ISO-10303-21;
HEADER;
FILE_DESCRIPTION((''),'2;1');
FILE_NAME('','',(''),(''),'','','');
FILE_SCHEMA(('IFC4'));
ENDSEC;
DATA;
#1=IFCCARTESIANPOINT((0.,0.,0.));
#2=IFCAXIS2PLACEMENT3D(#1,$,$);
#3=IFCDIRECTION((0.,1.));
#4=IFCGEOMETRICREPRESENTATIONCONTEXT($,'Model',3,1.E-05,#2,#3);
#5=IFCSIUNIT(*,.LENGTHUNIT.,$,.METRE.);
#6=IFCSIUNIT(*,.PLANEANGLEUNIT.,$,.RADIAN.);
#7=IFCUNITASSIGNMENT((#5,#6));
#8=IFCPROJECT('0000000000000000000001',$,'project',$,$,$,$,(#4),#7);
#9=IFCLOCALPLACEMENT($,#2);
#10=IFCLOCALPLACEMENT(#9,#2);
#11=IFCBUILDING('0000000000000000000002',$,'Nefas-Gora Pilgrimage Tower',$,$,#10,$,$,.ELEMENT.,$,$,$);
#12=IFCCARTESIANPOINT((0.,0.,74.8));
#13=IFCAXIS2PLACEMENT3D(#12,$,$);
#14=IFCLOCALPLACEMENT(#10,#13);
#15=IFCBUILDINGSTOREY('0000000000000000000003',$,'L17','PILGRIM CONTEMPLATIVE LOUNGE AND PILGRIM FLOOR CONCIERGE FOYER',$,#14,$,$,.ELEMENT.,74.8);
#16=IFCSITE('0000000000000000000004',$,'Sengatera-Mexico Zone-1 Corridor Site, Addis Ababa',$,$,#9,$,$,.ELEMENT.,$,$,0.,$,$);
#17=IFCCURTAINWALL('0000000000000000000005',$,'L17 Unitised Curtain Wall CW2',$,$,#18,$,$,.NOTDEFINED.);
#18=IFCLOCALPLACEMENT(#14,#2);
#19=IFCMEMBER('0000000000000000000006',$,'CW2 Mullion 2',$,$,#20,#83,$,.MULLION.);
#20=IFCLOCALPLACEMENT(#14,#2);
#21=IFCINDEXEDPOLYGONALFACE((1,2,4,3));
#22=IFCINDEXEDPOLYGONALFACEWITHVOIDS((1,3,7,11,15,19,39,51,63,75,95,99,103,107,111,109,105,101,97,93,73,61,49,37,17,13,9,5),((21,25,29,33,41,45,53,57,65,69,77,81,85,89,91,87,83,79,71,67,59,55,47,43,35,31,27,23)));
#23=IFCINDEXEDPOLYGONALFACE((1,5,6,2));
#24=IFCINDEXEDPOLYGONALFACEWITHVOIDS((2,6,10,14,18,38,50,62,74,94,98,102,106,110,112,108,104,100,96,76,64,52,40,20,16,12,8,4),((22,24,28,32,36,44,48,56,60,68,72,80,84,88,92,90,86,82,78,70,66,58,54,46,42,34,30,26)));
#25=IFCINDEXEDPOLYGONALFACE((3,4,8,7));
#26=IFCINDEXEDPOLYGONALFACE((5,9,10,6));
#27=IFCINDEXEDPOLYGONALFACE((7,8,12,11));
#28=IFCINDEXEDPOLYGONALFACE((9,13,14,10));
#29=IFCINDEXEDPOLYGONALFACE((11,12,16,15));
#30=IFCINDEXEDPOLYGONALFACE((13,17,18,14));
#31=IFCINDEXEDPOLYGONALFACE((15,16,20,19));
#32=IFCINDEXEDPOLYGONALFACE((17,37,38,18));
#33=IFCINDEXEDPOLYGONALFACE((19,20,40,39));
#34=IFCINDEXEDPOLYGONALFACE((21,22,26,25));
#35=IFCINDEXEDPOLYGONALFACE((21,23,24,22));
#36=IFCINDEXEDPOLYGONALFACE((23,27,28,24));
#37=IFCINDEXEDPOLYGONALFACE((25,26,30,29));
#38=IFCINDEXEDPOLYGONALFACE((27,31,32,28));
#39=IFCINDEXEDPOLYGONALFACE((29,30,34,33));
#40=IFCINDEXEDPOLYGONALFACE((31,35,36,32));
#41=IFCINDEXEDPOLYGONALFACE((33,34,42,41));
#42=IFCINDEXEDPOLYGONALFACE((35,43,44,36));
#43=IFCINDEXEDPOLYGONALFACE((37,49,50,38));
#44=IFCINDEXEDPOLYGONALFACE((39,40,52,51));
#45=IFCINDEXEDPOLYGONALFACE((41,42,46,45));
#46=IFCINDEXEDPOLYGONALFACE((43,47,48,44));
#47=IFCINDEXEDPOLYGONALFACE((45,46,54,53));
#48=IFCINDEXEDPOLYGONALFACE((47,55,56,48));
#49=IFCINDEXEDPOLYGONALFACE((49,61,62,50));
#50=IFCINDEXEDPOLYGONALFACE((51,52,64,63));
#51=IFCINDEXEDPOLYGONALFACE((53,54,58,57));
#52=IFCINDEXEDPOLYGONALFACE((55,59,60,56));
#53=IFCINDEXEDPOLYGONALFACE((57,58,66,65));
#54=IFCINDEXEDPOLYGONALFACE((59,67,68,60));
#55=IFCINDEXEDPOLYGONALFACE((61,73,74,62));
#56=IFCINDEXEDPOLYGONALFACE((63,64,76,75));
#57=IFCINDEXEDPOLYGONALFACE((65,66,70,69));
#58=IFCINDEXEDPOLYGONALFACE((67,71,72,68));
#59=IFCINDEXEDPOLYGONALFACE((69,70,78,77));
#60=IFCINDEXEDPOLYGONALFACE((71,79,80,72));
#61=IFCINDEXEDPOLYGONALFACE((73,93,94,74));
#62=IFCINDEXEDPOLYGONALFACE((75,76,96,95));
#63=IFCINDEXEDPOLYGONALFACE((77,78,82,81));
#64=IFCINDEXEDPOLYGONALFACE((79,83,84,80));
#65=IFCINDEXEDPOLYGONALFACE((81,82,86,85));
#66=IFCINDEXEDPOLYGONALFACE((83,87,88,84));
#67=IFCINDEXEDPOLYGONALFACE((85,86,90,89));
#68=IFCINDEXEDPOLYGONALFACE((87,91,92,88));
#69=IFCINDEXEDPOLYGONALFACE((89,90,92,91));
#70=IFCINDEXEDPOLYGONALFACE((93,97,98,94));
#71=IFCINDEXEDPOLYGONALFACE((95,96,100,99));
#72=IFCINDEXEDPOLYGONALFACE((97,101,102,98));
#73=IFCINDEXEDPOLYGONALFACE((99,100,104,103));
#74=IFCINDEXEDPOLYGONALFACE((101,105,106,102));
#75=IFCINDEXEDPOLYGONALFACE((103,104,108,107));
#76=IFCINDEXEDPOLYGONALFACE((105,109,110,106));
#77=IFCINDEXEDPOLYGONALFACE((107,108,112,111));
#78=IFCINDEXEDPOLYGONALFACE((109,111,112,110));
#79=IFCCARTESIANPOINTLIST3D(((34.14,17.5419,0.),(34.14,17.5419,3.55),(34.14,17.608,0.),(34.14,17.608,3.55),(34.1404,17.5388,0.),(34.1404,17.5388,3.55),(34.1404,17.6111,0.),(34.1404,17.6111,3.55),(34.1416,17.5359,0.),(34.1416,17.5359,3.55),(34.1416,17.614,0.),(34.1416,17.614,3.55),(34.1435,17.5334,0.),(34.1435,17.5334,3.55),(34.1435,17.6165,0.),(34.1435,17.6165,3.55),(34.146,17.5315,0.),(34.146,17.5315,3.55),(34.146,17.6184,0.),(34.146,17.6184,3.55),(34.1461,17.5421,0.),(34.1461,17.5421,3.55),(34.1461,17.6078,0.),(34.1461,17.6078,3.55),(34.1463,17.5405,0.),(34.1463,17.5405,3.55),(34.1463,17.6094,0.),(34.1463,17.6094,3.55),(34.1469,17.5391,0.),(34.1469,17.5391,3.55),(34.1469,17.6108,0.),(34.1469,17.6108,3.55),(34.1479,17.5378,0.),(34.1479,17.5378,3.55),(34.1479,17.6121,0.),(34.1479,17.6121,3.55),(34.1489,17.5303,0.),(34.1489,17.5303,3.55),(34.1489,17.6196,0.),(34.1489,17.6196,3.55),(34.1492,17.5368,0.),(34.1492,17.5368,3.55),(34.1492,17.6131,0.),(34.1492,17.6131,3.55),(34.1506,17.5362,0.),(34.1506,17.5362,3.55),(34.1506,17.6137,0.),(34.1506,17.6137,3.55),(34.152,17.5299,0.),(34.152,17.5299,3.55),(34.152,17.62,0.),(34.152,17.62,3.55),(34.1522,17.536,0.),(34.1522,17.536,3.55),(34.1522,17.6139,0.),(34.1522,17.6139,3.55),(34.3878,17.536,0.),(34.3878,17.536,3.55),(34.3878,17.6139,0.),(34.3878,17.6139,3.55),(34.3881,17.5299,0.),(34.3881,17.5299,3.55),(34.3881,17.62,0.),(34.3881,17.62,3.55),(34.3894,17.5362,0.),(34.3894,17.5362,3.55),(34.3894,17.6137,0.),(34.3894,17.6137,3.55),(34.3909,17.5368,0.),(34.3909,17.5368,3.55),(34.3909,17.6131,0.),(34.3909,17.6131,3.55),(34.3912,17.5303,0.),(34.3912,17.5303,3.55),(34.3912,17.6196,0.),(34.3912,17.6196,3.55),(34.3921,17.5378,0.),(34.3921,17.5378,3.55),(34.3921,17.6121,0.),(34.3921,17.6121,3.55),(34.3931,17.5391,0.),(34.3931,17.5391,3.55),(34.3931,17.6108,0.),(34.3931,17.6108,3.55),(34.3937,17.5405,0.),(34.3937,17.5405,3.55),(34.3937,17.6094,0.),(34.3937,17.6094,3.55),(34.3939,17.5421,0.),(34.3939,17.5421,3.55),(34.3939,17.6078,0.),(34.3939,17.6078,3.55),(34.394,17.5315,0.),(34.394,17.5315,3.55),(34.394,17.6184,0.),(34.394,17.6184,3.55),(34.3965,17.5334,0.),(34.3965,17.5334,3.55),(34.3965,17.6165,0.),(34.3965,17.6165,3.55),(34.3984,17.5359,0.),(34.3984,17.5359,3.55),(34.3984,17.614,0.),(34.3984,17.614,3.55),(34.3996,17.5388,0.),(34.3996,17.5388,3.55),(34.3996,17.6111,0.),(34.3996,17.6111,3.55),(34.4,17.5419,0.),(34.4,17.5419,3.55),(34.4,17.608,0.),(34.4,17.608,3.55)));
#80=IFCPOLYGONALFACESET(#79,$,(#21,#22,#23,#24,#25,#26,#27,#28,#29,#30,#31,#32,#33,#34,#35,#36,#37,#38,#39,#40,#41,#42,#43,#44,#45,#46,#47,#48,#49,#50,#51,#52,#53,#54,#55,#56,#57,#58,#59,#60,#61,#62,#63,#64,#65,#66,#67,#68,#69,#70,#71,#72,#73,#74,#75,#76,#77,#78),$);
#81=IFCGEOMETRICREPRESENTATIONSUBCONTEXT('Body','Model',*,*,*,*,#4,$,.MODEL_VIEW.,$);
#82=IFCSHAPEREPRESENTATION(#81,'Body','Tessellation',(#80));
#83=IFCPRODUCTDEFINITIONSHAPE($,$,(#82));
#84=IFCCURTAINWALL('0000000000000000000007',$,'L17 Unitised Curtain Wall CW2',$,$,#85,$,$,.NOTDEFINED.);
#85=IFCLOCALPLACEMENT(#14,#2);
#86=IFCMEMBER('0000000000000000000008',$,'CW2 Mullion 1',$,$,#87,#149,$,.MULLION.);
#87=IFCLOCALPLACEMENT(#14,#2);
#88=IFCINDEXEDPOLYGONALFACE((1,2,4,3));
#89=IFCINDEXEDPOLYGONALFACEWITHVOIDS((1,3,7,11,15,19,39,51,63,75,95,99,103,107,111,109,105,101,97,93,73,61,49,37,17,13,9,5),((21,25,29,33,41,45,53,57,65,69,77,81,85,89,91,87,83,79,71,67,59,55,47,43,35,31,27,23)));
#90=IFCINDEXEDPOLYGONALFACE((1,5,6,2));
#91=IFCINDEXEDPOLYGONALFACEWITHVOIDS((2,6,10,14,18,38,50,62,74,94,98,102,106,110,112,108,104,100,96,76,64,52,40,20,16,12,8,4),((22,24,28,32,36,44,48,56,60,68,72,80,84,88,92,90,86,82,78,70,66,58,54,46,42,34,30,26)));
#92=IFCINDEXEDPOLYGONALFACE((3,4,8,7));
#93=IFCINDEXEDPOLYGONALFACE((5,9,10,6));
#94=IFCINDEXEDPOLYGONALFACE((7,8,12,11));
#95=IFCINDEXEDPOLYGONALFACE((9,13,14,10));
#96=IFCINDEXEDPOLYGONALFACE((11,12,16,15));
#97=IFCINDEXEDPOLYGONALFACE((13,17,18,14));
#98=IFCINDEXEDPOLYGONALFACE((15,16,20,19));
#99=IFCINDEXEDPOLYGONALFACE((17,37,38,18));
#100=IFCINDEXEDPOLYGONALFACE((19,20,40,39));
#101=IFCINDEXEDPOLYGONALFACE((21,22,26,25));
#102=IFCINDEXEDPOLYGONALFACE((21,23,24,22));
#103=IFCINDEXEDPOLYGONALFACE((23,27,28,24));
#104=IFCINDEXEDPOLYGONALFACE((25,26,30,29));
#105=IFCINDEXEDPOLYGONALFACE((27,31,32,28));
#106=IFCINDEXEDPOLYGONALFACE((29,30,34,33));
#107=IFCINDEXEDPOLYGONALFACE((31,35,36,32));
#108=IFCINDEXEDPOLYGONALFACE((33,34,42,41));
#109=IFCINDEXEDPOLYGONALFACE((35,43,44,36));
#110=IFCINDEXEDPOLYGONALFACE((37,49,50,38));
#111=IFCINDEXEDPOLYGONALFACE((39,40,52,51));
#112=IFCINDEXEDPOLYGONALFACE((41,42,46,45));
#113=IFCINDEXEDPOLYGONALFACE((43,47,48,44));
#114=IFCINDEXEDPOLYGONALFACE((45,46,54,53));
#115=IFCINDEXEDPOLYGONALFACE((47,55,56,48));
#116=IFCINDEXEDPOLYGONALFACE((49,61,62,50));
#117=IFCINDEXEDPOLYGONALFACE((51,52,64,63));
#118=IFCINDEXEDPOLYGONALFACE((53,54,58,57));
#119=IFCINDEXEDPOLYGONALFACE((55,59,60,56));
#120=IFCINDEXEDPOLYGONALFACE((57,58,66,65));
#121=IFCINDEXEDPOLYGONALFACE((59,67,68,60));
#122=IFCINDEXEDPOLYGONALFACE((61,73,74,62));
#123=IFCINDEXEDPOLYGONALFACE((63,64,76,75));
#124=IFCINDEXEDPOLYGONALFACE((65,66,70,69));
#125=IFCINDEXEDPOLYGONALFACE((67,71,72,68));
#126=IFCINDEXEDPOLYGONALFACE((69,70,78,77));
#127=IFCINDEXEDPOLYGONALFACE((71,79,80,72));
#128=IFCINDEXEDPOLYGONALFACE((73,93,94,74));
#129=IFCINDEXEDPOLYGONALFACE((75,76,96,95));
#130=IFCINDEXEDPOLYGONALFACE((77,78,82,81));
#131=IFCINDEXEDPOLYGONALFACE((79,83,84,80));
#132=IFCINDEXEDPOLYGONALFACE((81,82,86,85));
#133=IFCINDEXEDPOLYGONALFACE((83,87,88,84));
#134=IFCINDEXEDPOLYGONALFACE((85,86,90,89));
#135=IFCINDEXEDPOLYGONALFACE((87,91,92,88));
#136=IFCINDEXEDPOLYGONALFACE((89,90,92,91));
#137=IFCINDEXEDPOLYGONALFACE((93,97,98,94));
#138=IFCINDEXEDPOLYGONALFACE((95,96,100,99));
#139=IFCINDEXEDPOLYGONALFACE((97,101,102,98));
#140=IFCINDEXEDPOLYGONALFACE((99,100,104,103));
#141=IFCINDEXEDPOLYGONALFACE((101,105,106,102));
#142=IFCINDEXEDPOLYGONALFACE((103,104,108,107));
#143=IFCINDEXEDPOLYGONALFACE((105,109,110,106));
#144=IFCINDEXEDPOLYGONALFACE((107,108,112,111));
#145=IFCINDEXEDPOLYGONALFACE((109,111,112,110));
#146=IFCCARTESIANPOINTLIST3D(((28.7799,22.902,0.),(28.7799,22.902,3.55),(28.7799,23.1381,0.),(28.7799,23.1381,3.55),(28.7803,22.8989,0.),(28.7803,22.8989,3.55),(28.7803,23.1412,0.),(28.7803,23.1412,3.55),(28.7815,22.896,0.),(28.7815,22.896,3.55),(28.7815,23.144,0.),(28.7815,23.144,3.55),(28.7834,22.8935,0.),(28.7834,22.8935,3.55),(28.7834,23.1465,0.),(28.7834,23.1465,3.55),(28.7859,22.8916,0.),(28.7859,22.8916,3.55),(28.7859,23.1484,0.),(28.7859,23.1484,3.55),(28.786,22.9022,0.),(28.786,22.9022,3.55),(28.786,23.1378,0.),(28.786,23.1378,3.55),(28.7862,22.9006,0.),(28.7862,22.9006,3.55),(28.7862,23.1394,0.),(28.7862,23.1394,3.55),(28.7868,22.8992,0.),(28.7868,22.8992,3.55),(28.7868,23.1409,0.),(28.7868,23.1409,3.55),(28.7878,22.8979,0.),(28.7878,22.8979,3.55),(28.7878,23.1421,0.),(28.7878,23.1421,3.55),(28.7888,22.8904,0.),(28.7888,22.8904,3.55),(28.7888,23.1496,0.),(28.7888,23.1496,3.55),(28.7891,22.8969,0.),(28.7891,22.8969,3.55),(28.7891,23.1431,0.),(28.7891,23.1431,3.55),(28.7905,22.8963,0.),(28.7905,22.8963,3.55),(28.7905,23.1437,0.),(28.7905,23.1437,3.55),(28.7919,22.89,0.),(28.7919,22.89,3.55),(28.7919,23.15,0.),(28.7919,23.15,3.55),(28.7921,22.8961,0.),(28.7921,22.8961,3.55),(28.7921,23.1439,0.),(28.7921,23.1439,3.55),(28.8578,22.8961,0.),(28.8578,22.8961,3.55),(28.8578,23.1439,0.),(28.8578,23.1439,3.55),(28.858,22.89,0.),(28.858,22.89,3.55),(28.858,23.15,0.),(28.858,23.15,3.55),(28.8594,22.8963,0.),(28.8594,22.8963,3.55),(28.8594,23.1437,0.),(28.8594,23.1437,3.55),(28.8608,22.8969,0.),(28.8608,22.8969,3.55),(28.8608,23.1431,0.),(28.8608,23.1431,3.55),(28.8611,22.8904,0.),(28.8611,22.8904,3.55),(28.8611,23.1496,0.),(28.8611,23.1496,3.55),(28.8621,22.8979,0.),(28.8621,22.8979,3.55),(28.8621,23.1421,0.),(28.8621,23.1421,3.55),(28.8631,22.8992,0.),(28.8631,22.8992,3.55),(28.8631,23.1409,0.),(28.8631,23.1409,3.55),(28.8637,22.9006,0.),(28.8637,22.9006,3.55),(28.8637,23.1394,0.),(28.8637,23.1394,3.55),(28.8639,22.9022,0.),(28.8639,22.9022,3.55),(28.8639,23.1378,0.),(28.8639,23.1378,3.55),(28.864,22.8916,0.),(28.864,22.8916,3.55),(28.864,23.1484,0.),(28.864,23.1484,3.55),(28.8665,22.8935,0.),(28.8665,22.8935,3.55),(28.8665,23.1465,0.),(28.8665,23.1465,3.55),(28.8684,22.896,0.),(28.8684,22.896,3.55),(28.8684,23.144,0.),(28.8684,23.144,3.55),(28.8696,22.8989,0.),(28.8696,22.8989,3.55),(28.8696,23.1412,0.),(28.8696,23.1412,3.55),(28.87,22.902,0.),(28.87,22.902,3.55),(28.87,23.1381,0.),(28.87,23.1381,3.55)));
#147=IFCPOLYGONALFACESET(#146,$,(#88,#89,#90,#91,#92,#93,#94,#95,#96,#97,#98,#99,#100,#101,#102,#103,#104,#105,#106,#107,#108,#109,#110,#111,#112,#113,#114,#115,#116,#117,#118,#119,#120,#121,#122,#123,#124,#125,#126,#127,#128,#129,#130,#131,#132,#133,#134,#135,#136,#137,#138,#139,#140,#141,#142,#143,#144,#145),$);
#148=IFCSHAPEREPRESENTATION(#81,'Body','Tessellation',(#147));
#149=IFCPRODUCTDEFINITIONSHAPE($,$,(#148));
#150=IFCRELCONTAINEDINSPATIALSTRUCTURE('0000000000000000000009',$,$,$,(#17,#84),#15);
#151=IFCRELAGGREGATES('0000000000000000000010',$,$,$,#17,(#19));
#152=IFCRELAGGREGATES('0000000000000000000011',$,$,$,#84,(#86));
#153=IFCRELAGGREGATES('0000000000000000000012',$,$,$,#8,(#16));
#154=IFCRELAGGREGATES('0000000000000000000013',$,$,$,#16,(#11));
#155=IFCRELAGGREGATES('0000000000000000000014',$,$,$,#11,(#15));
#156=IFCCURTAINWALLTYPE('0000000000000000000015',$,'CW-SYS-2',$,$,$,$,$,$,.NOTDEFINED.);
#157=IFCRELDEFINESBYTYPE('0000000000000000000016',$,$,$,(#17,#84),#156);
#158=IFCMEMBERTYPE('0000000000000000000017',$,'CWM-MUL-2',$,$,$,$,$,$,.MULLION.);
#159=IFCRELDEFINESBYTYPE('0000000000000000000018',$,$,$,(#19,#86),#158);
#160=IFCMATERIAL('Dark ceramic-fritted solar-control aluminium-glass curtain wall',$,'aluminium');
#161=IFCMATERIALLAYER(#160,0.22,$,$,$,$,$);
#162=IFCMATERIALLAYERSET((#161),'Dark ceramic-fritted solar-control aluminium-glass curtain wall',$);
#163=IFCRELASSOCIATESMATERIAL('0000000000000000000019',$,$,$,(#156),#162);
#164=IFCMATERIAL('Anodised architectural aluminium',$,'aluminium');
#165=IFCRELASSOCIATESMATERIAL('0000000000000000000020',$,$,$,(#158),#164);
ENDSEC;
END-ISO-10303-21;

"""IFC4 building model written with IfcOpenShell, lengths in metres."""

from ifc_helpers import new_model, si_unit, direction, frame, origin, origin_2d, place, context, subcontext, project, spatial, hollow_rectangle, extrude, source, transform, mapped, material, layer, layer_set, material_profile, profile_set, type_object, element, aggregate, save


model = new_model("IFC4")

# Units and contexts
model_context = context("Model", 3, precision=1e-05, world=origin(), true_north=direction((0.0, 1.0)))
body_context = subcontext(model_context, "Body", "Model", "MODEL_VIEW")
ifc_project = project(units=[si_unit("LENGTHUNIT", "METRE"), si_unit("PLANEANGLEUNIT", "RADIAN")], contexts=[model_context])

# Site, building, storey
site_placement = place(None, origin())
site = spatial("IfcSite", under=ifc_project, at=site_placement, Name="Sengatera-Mexico Zone-1 Corridor Site, Addis Ababa", CompositionType="ELEMENT", RefElevation=0.0)
building_placement = place(site_placement, origin())
building = spatial("IfcBuilding", under=site, at=building_placement, Name="Nefas-Gora Pilgrimage Tower", CompositionType="ELEMENT")
storey_placement = place(building_placement, frame((0.0, 0.0, 74.8)))
storey = spatial("IfcBuildingStorey", under=building, at=storey_placement, Name="L17", Description="PILGRIM CONTEMPLATIVE LOUNGE AND PILGRIM FLOOR CONCIERGE FOYER", CompositionType="ELEMENT", Elevation=74.8)

# Curtain wall, member
ifc_material_1 = material(Name="Dark ceramic-fritted solar-control aluminium-glass curtain wall", Category="aluminium")
ifc_layer_1 = layer(ifc_material_1, 0.22)
ifc_layer_set_1 = layer_set([ifc_layer_1], Name="Dark ceramic-fritted solar-control aluminium-glass curtain wall")
curtain_wall_type = type_object("IfcCurtainWallType", Name="CW-SYS-2", PredefinedType="NOTDEFINED", material=ifc_layer_set_1)
curtain_wall_1_placement = place(storey_placement, origin())
curtain_wall_1 = element("IfcCurtainWall", 1, at=curtain_wall_1_placement, inside=storey, type_object=curtain_wall_type, Name="L17 Unitised Curtain Wall CW2", PredefinedType="NOTDEFINED")
ifc_material_2 = material(Name="Anodised architectural aluminium", Category="aluminium")
ifc_material_profile_1 = material_profile(ifc_material_2, hollow_rectangle(XDim=0.0901, YDim=0.26, WallThickness=0.0061, InnerFilletRadius=0.0061, OuterFilletRadius=0.012, at=origin_2d()), Name="ALU MULLION 90x260")
ifc_profile_set_1 = profile_set([ifc_material_profile_1], Name="Anodised architectural aluminium")
member_type_1 = type_object("IfcMemberType", Name="CWM-MUL-2", PredefinedType="MULLION", material=ifc_profile_set_1)
shared_shape_1 = source(origin(), body_context, "Body", "SweptSolid", [
    extrude(hollow_rectangle(XDim=0.0901, YDim=0.26, WallThickness=0.0061, InnerFilletRadius=0.0061, OuterFilletRadius=0.012, at=origin_2d()), origin(), (0.0, 0.0, 1.0), 3.55),
])
member_1_placement = place(storey_placement, frame((34.27, 17.575, 0.0), z_axis=(0.0, 0.0, 1.0), x_axis=(0.0, 1.0, 0.0)))
member_1 = element("IfcMember", 2, at=member_1_placement, type_object=member_type_1, Name="CW2 Mullion 2", PredefinedType="MULLION", context=body_context, shape_type="MappedRepresentation", body=[
    mapped(shared_shape_1, transform((0.0, 0.0, 0.0), x_axis=(1.0, 0.0, 0.0), y_axis=(0.0, 1.0, 0.0), z_axis=(0.0, 0.0, 1.0), scale=1.0)),
])
aggregate(curtain_wall_1, [member_1])

# Curtain wall, member
curtain_wall_2_placement = place(storey_placement, origin())
curtain_wall_2 = element("IfcCurtainWall", 3, at=curtain_wall_2_placement, inside=storey, type_object=curtain_wall_type, Name="L17 Unitised Curtain Wall CW2", PredefinedType="NOTDEFINED")
member_2_placement = place(storey_placement, frame((28.825, 23.02, 0.0), z_axis=(0.0, 0.0, 1.0), x_axis=(-1.0, 0.0, 0.0)))
member_2 = element("IfcMember", 4, at=member_2_placement, type_object=member_type_1, Name="CW2 Mullion 1", PredefinedType="MULLION", context=body_context, shape_type="MappedRepresentation", body=[
    mapped(shared_shape_1, transform((0.0, 0.0, 0.0), x_axis=(1.0, 0.0, 0.0), y_axis=(0.0, 1.0, 0.0), z_axis=(0.0, 0.0, 1.0), scale=1.0)),
])
aggregate(curtain_wall_2, [member_2])

save(model, "model.ifc")
